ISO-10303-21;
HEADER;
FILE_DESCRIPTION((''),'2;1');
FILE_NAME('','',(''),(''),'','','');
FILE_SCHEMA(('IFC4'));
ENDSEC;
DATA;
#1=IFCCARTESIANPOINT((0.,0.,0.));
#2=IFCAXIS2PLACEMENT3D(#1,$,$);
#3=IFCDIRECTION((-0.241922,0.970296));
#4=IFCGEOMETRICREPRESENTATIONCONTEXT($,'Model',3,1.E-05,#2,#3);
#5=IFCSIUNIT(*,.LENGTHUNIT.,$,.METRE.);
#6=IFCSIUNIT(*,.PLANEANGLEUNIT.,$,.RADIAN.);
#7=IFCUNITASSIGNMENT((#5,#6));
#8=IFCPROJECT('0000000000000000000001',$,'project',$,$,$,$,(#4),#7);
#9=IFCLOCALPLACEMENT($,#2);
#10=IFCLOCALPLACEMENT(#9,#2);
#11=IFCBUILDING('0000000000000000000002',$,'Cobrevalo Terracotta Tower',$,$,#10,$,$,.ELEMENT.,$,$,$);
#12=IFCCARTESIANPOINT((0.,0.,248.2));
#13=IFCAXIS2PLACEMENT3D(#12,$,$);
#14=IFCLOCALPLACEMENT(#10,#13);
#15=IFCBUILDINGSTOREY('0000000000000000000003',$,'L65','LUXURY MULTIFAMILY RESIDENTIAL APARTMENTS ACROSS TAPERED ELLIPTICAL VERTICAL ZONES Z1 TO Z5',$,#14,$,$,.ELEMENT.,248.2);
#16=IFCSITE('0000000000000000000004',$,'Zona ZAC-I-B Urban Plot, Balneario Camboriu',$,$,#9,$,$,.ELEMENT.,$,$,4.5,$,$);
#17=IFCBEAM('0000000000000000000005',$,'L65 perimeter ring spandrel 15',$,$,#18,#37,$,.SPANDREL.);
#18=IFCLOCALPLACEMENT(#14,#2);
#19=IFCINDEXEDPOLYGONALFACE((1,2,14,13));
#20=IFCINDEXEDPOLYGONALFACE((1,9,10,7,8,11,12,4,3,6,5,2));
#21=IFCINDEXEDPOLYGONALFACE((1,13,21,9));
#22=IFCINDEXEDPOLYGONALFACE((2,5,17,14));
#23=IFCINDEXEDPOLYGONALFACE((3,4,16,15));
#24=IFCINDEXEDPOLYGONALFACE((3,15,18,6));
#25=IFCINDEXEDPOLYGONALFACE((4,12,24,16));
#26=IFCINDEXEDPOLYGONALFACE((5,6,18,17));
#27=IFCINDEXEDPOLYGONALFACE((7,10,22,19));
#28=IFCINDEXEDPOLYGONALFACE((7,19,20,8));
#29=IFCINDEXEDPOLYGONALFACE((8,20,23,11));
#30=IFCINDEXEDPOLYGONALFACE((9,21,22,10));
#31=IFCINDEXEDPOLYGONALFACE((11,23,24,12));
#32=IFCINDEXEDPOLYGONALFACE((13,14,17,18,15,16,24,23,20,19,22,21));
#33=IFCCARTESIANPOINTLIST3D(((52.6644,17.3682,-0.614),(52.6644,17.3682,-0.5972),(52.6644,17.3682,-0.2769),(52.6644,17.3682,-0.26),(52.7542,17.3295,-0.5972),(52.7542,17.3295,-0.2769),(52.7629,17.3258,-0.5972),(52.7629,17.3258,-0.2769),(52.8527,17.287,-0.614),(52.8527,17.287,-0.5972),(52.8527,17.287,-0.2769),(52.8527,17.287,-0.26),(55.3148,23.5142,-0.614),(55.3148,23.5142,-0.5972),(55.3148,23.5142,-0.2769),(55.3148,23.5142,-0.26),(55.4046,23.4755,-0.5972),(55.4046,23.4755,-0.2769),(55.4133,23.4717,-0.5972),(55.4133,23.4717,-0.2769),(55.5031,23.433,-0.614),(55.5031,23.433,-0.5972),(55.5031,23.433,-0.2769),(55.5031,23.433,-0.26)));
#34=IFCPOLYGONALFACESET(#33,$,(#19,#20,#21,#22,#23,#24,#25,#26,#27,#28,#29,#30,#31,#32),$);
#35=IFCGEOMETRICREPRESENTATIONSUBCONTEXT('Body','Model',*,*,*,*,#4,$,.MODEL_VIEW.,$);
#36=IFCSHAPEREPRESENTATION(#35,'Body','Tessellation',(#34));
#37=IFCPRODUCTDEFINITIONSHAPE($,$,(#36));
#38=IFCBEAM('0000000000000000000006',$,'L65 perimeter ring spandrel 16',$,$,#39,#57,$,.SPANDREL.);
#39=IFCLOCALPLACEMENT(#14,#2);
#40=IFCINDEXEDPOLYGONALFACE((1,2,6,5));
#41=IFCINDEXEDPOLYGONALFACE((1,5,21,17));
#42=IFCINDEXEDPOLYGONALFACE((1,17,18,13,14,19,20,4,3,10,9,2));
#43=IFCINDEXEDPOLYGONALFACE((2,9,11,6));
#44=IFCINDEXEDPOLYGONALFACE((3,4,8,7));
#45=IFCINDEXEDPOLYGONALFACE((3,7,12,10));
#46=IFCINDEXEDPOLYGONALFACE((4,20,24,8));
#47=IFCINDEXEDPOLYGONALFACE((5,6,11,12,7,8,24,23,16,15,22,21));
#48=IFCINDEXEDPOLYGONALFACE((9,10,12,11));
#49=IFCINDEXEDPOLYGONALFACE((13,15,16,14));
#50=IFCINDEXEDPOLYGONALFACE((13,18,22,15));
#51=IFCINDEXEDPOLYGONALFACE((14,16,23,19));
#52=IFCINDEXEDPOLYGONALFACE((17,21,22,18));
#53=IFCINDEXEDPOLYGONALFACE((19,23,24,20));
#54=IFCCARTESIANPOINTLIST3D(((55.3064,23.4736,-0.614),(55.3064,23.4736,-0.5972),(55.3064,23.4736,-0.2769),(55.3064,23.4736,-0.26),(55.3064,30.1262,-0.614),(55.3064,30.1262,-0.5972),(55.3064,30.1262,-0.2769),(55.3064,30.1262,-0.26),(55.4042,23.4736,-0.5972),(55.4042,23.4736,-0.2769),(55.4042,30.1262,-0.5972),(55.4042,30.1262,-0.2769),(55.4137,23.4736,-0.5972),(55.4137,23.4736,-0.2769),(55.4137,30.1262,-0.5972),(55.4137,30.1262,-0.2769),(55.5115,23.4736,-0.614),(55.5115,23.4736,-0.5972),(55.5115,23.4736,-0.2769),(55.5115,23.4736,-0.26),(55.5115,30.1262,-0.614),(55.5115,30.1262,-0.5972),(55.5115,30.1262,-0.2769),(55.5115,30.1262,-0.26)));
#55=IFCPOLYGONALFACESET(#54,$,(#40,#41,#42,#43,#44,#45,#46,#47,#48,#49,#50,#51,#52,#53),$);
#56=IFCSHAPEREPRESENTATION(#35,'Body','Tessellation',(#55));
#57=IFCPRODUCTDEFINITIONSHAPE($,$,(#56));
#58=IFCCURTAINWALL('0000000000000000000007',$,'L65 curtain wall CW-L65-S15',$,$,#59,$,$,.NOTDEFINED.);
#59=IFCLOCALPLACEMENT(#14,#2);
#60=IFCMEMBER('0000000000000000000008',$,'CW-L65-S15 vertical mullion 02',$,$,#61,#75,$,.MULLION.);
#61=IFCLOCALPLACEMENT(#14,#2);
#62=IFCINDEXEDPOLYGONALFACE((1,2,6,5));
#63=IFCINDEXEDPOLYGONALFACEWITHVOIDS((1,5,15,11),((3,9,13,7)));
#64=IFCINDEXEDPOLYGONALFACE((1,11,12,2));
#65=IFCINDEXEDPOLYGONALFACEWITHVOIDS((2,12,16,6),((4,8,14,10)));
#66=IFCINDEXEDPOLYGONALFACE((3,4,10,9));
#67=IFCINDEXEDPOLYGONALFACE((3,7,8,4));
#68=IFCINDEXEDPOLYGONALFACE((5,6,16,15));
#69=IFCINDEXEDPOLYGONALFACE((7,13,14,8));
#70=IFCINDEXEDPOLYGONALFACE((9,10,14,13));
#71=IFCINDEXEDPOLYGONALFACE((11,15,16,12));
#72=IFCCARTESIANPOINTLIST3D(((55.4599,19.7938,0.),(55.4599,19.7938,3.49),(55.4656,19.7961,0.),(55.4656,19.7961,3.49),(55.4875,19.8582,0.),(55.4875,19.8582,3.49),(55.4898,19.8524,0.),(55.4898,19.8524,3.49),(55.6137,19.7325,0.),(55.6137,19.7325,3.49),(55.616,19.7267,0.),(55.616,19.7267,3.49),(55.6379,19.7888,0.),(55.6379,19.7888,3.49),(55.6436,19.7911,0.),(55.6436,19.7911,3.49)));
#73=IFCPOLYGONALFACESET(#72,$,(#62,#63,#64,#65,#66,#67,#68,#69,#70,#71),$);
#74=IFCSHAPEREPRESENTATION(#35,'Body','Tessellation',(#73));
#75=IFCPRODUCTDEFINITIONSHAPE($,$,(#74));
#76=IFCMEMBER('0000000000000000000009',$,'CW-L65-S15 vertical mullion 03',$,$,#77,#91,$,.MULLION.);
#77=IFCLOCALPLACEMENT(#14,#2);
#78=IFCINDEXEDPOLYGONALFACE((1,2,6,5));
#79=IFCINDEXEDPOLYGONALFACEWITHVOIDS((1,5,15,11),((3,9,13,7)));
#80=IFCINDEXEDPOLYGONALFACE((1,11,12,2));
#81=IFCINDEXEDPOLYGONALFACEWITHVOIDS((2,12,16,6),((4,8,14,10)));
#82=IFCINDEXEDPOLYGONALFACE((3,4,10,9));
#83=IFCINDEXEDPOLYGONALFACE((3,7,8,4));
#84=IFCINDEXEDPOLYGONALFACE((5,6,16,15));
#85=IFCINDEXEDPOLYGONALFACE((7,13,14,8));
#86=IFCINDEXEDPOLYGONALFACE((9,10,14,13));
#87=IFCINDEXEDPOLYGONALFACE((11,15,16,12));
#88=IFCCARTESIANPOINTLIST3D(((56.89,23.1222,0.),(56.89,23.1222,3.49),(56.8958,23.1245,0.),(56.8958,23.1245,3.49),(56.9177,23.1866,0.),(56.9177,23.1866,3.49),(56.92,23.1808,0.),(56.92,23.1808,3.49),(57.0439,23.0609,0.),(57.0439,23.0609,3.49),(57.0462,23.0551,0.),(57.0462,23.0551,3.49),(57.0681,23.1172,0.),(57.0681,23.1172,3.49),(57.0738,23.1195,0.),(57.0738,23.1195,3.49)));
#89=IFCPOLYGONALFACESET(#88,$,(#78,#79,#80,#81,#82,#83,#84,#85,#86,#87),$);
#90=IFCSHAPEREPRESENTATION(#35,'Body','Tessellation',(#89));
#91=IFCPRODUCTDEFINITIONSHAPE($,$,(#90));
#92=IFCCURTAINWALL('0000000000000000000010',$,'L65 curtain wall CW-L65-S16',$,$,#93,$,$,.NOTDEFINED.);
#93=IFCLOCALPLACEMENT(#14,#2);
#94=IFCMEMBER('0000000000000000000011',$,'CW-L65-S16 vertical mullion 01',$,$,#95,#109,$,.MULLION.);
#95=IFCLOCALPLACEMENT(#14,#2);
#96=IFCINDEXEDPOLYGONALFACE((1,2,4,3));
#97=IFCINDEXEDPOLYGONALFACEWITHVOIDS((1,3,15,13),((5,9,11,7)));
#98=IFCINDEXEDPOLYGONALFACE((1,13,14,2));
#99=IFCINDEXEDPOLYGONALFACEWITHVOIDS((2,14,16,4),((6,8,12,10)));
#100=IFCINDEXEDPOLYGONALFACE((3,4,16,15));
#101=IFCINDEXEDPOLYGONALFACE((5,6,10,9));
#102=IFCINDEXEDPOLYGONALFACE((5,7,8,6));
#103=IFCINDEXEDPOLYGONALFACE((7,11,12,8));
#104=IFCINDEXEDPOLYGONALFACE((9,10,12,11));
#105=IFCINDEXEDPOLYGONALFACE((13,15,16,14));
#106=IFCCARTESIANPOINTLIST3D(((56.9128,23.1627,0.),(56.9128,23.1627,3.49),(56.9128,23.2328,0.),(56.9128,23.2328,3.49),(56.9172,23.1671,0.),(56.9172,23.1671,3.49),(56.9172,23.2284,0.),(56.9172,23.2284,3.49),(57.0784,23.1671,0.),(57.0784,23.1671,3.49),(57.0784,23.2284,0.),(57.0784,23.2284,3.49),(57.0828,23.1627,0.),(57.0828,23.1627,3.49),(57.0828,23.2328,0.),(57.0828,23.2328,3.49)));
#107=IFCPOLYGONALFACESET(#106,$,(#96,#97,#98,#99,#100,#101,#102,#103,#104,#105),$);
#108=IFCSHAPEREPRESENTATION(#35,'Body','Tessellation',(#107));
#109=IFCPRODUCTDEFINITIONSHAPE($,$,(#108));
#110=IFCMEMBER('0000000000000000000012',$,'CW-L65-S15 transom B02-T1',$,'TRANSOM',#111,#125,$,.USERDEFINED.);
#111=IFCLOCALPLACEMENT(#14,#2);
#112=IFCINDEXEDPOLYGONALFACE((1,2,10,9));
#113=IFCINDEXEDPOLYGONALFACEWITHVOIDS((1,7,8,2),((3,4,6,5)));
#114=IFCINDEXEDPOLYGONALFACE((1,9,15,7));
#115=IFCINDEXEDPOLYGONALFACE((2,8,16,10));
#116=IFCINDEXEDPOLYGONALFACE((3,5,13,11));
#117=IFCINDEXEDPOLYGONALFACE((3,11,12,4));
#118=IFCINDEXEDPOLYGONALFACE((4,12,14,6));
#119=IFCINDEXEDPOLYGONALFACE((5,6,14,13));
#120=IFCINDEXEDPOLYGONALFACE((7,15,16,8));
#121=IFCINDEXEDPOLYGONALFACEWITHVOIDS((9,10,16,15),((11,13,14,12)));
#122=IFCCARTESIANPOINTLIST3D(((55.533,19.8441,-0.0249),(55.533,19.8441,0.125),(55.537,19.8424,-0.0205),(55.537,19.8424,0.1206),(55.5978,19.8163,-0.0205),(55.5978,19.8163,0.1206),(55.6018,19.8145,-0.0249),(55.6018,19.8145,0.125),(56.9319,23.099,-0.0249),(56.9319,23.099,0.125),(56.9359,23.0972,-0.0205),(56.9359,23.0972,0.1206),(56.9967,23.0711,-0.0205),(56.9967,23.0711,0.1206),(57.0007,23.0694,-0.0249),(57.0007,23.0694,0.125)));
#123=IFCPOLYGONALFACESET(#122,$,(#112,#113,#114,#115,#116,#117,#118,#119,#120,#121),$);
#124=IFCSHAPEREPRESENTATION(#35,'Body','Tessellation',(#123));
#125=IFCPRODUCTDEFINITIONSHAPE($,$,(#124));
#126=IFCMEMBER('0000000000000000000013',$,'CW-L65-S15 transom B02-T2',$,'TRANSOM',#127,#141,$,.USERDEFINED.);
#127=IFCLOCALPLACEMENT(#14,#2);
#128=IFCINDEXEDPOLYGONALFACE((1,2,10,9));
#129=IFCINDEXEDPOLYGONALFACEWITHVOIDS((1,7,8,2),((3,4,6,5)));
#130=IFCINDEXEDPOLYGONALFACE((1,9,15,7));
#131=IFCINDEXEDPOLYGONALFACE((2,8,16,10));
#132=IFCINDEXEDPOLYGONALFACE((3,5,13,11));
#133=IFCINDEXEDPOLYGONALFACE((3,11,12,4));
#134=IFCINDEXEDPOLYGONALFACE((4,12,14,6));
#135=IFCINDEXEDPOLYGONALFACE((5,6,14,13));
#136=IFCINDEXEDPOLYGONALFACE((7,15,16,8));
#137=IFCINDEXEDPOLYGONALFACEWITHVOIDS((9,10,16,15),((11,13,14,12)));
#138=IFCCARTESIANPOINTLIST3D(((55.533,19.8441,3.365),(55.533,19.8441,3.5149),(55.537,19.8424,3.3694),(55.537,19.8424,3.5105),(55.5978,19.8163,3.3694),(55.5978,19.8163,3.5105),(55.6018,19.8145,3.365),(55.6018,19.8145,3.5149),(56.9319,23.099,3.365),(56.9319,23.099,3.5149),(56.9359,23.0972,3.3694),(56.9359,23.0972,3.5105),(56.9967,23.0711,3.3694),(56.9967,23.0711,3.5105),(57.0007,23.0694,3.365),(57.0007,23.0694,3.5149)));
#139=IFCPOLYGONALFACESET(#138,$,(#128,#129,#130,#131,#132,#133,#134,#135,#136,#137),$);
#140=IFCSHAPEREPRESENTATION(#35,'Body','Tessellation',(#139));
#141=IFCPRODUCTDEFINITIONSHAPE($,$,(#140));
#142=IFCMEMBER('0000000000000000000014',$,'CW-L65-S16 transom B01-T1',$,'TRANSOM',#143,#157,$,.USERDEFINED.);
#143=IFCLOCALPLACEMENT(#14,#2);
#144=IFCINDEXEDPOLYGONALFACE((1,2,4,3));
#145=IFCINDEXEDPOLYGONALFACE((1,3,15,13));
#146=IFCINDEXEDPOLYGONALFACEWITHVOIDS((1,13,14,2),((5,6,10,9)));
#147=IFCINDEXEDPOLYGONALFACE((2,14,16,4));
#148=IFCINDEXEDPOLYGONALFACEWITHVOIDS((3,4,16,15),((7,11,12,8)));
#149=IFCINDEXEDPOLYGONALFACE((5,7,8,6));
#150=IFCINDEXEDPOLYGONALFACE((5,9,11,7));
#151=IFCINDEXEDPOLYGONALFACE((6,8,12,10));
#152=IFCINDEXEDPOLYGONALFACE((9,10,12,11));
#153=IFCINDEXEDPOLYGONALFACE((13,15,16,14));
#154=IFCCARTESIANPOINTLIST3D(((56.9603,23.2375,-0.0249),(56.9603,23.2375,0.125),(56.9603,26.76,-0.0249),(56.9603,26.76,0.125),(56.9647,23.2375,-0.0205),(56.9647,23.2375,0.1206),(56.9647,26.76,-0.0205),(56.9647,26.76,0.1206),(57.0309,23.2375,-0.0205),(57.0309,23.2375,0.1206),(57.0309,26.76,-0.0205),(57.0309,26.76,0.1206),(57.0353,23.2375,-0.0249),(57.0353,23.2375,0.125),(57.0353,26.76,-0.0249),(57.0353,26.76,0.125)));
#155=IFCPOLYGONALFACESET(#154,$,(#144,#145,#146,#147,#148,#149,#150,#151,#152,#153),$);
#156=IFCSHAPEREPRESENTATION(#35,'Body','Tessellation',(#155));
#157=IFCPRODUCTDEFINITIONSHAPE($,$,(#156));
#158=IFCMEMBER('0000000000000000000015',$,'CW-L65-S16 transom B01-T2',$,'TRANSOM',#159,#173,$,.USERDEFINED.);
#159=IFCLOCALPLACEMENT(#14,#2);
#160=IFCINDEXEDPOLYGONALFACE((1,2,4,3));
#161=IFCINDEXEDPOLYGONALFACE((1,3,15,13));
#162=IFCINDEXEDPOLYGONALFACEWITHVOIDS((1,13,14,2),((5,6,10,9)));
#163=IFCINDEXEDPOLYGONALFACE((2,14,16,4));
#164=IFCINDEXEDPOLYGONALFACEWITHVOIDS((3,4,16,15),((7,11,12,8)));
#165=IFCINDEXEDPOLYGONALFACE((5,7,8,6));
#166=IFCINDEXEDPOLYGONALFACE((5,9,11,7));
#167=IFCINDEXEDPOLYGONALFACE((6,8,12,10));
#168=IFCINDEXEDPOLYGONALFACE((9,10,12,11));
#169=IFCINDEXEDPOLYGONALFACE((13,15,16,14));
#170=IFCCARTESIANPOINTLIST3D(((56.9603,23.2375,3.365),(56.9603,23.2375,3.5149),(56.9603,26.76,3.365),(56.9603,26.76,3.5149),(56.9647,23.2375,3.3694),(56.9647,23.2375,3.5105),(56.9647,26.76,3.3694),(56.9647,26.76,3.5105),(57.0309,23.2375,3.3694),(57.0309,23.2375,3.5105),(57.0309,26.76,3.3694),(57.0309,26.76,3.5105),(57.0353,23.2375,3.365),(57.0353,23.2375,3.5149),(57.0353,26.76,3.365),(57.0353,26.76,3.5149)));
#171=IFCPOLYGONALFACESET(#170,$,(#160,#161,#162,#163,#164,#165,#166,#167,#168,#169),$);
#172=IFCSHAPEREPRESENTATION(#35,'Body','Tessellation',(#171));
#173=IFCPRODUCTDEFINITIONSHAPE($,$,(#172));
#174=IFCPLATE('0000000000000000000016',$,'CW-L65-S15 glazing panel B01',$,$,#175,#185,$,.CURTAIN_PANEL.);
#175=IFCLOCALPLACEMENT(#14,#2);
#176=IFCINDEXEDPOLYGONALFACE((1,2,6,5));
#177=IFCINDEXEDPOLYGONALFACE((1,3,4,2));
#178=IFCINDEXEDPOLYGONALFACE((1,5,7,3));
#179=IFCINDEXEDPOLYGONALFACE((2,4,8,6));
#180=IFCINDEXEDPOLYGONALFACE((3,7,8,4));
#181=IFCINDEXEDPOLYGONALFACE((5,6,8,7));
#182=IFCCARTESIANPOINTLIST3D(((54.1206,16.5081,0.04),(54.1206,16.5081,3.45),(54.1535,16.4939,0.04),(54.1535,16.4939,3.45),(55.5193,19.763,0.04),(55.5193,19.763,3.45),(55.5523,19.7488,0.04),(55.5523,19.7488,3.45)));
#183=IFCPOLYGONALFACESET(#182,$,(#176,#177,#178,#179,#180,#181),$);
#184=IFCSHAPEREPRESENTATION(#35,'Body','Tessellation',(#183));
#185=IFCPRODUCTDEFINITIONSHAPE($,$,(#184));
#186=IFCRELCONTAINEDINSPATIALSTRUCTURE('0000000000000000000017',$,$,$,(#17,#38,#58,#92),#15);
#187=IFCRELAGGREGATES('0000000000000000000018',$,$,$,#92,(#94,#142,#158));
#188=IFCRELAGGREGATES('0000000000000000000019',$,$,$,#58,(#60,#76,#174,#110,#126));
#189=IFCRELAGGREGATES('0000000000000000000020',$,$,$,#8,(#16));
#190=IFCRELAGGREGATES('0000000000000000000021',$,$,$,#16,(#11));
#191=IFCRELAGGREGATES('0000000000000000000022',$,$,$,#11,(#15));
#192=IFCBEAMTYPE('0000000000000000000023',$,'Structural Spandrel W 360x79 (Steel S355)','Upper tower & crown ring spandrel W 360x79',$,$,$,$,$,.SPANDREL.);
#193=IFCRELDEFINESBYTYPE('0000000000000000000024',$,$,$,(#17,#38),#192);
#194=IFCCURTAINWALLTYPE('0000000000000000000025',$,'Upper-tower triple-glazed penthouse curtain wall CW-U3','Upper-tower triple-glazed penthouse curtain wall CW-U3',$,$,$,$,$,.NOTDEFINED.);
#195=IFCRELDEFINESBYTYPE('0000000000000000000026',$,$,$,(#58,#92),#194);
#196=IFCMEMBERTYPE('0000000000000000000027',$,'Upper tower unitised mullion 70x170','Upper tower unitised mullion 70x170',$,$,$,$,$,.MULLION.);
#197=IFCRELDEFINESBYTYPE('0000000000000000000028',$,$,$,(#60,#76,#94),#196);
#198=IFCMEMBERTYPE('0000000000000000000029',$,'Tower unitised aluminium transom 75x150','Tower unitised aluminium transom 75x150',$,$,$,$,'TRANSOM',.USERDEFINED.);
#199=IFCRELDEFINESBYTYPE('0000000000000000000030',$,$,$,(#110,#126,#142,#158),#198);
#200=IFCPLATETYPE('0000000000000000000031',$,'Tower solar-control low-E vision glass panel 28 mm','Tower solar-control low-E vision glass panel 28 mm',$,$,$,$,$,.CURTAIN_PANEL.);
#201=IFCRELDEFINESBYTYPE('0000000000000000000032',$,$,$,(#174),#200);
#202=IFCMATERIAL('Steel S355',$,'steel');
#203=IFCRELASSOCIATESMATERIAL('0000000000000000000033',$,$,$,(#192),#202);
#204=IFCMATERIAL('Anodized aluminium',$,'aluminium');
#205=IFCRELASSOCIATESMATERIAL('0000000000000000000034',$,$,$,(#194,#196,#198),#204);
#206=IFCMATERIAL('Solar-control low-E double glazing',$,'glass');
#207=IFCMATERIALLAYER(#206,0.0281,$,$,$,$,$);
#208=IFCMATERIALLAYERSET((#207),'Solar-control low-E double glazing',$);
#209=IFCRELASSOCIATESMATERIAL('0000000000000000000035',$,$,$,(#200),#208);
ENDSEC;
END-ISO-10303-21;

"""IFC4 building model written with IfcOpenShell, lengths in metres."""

from ifc_helpers import new_model, si_unit, direction, frame, origin, origin_2d, place, context, subcontext, project, spatial, rectangle, hollow_rectangle, i_section, extrude, source, transform, mapped, material, layer, layer_set, material_profile, profile_set, type_object, element, aggregate, save


model = new_model("IFC4")

# Units and contexts
model_context = context("Model", 3, precision=1e-05, world=origin(), true_north=direction((-0.241922, 0.970296)))
body_context = subcontext(model_context, "Body", "Model", "MODEL_VIEW")
ifc_project = project(units=[si_unit("LENGTHUNIT", "METRE"), si_unit("PLANEANGLEUNIT", "RADIAN")], contexts=[model_context])

# Site, building, storey
site_placement = place(None, origin())
site = spatial("IfcSite", under=ifc_project, at=site_placement, Name="Zona ZAC-I-B Urban Plot, Balneario Camboriu", CompositionType="ELEMENT", RefElevation=4.5)
building_placement = place(site_placement, origin())
building = spatial("IfcBuilding", under=site, at=building_placement, Name="Cobrevalo Terracotta Tower", CompositionType="ELEMENT")
storey_placement = place(building_placement, frame((0.0, 0.0, 248.2)))
storey = spatial("IfcBuildingStorey", under=building, at=storey_placement, Name="L65", Description="LUXURY MULTIFAMILY RESIDENTIAL APARTMENTS ACROSS TAPERED ELLIPTICAL VERTICAL ZONES Z1 TO Z5", CompositionType="ELEMENT", Elevation=248.2)

# Shared definitions
ifc_material_1 = material(Name="Steel S355", Category="steel")

# Beams
ifc_material_profile_1 = material_profile(ifc_material_1, i_section(OverallWidth=0.2051, OverallDepth=0.354, WebThickness=0.0095, FlangeThickness=0.0168, at=origin_2d()), Name="W 360x79")
ifc_profile_set_1 = profile_set([ifc_material_profile_1], Name="Steel S355")
beam_type_1 = type_object("IfcBeamType", Name="Structural Spandrel W 360x79 (Steel S355)", Description="Upper tower & crown ring spandrel W 360x79", PredefinedType="SPANDREL", material=ifc_profile_set_1)
beam_1_placement = place(storey_placement, frame((52.7585, 17.3276, -0.437), z_axis=(0.395987, 0.918256, 0.0), x_axis=(-0.918256, 0.395987, 0.0)))
element("IfcBeam", 1, at=beam_1_placement, inside=storey, type_object=beam_type_1, Name="L65 perimeter ring spandrel 15", PredefinedType="SPANDREL", context=body_context, shape_type="SweptSolid", body=[
    extrude(i_section(OverallWidth=0.2051, OverallDepth=0.354, WebThickness=0.0095, FlangeThickness=0.0168, at=origin_2d()), origin(), (0.0, 0.0, 1.0), 6.6931),
])
beam_2_placement = place(storey_placement, frame((55.4089, 23.4736, -0.437), z_axis=(0.0, 1.0, 0.0), x_axis=(-1.0, 0.0, 0.0)))
element("IfcBeam", 2, at=beam_2_placement, inside=storey, type_object=beam_type_1, Name="L65 perimeter ring spandrel 16", PredefinedType="SPANDREL", context=body_context, shape_type="SweptSolid", body=[
    extrude(i_section(OverallWidth=0.2051, OverallDepth=0.354, WebThickness=0.0095, FlangeThickness=0.0168, at=origin_2d()), origin(), (0.0, 0.0, 1.0), 6.6526),
])

# Curtain wall, members
ifc_material_2 = material(Name="Anodized aluminium", Category="aluminium")
curtain_wall_type = type_object("IfcCurtainWallType", Name="Upper-tower triple-glazed penthouse curtain wall CW-U3", Description="Upper-tower triple-glazed penthouse curtain wall CW-U3", PredefinedType="NOTDEFINED", material=ifc_material_2)
curtain_wall_1_placement = place(storey_placement, origin())
curtain_wall_1 = element("IfcCurtainWall", 3, at=curtain_wall_1_placement, inside=storey, type_object=curtain_wall_type, Name="L65 curtain wall CW-L65-S15", PredefinedType="NOTDEFINED")
ifc_material_profile_2 = material_profile(ifc_material_2, hollow_rectangle(XDim=0.0701, YDim=0.1699, WallThickness=0.0044, at=origin_2d()), Name="CWM 70x170")
ifc_profile_set_2 = profile_set([ifc_material_profile_2], Name="Anodized aluminium")
member_type_1 = type_object("IfcMemberType", Name="Upper tower unitised mullion 70x170", Description="Upper tower unitised mullion 70x170", PredefinedType="MULLION", material=ifc_profile_set_2)
shared_shape_1 = source(origin(), body_context, "Body", "SweptSolid", [
    extrude(hollow_rectangle(XDim=0.0701, YDim=0.1699, WallThickness=0.0044, at=origin_2d()), origin(), (0.0, 0.0, 1.0), 3.49),
])
member_1_placement = place(storey_placement, frame((55.5518, 19.7925, 0.0), z_axis=(0.0, 0.0, 1.0), x_axis=(0.394824, 0.918757, 0.0)))
member_1 = element("IfcMember", 4, at=member_1_placement, type_object=member_type_1, Name="CW-L65-S15 vertical mullion 02", PredefinedType="MULLION", context=body_context, shape_type="MappedRepresentation", body=[
    mapped(shared_shape_1, transform((0.0, 0.0, 0.0), scale=1.0)),
])
member_2_placement = place(storey_placement, frame((56.9819, 23.1208, 0.0), z_axis=(0.0, 0.0, 1.0), x_axis=(0.394824, 0.918757, 0.0)))
member_2 = element("IfcMember", 5, at=member_2_placement, type_object=member_type_1, Name="CW-L65-S15 vertical mullion 03", PredefinedType="MULLION", context=body_context, shape_type="MappedRepresentation", body=[
    mapped(shared_shape_1, transform((0.0, 0.0, 0.0), scale=1.0)),
])

# Curtain wall, member
curtain_wall_2_placement = place(storey_placement, origin())
curtain_wall_2 = element("IfcCurtainWall", 6, at=curtain_wall_2_placement, inside=storey, type_object=curtain_wall_type, Name="L65 curtain wall CW-L65-S16", PredefinedType="NOTDEFINED")
member_3_placement = place(storey_placement, frame((56.9978, 23.1978, 0.0), z_axis=(0.0, 0.0, 1.0), x_axis=(0.0, 1.0, 0.0)))
member_3 = element("IfcMember", 7, at=member_3_placement, type_object=member_type_1, Name="CW-L65-S16 vertical mullion 01", PredefinedType="MULLION", context=body_context, shape_type="MappedRepresentation", body=[
    mapped(shared_shape_1, transform((0.0, 0.0, 0.0), scale=1.0)),
])

# Members
ifc_material_profile_3 = material_profile(ifc_material_2, hollow_rectangle(XDim=0.075, YDim=0.1499, WallThickness=0.0044, at=origin_2d()), Name="CWT 75x150")
ifc_profile_set_3 = profile_set([ifc_material_profile_3], Name="Anodized aluminium")
member_type_2 = type_object("IfcMemberType", Name="Tower unitised aluminium transom 75x150", Description="Tower unitised aluminium transom 75x150", ElementType="TRANSOM", PredefinedType="USERDEFINED", material=ifc_profile_set_3)
shared_shape_2 = source(origin(), body_context, "Body", "SweptSolid", [
    extrude(hollow_rectangle(XDim=0.075, YDim=0.1499, WallThickness=0.0044, at=origin_2d()), origin(), (0.0, 0.0, 1.0), 3.5427),
])
member_4_placement = place(storey_placement, frame((55.5674, 19.8293, 0.05), z_axis=(0.394867, 0.918738, 0.0), x_axis=(-0.918738, 0.394867, 0.0)))
member_4 = element("IfcMember", 8, at=member_4_placement, type_object=member_type_2, Name="CW-L65-S15 transom B02-T1", ObjectType="TRANSOM", PredefinedType="USERDEFINED", context=body_context, shape_type="MappedRepresentation", body=[
    mapped(shared_shape_2, transform((0.0, 0.0, 0.0), scale=1.0)),
])
member_5_placement = place(storey_placement, frame((55.5674, 19.8293, 3.4399), z_axis=(0.394867, 0.918738, 0.0), x_axis=(-0.918738, 0.394867, 0.0)))
member_5 = element("IfcMember", 9, at=member_5_placement, type_object=member_type_2, Name="CW-L65-S15 transom B02-T2", ObjectType="TRANSOM", PredefinedType="USERDEFINED", context=body_context, shape_type="MappedRepresentation", body=[
    mapped(shared_shape_2, transform((0.0, 0.0, 0.0), scale=1.0)),
])
shared_shape_3 = source(origin(), body_context, "Body", "SweptSolid", [
    extrude(hollow_rectangle(XDim=0.075, YDim=0.1499, WallThickness=0.0044, at=origin_2d()), origin(), (0.0, 0.0, 1.0), 3.5225),
])
member_6_placement = place(storey_placement, frame((56.9978, 23.2375, 0.05), z_axis=(0.0, 1.0, 0.0), x_axis=(-1.0, 0.0, 0.0)))
member_6 = element("IfcMember", 10, at=member_6_placement, type_object=member_type_2, Name="CW-L65-S16 transom B01-T1", ObjectType="TRANSOM", PredefinedType="USERDEFINED", context=body_context, shape_type="MappedRepresentation", body=[
    mapped(shared_shape_3, transform((0.0, 0.0, 0.0), scale=1.0)),
])
member_7_placement = place(storey_placement, frame((56.9978, 23.2375, 3.4399), z_axis=(0.0, 1.0, 0.0), x_axis=(-1.0, 0.0, 0.0)))
member_7 = element("IfcMember", 11, at=member_7_placement, type_object=member_type_2, Name="CW-L65-S16 transom B01-T2", ObjectType="TRANSOM", PredefinedType="USERDEFINED", context=body_context, shape_type="MappedRepresentation", body=[
    mapped(shared_shape_3, transform((0.0, 0.0, 0.0), scale=1.0)),
])
aggregate(curtain_wall_2, [member_3, member_6, member_7])

# Plate
ifc_material_3 = material(Name="Solar-control low-E double glazing", Category="glass")
ifc_layer_1 = layer(ifc_material_3, 0.0281)
ifc_layer_set_1 = layer_set([ifc_layer_1], Name="Solar-control low-E double glazing")
plate_type = type_object("IfcPlateType", Name="Tower solar-control low-E vision glass panel 28 mm", Description="Tower solar-control low-E vision glass panel 28 mm", PredefinedType="CURTAIN_PANEL", material=ifc_layer_set_1)
shared_shape_4 = source(origin(), body_context, "Body", "SweptSolid", [
    extrude(rectangle(XDim=3.5427, YDim=0.0359, at=origin_2d()), origin(), (0.0, 0.0, 1.0), 3.4099),
])
plate_1_placement = place(storey_placement, frame((54.8364, 18.1284, 0.04), z_axis=(0.0, 0.0, 1.0), x_axis=(0.394829, 0.918755, 0.0)))
plate_1 = element("IfcPlate", 12, at=plate_1_placement, type_object=plate_type, Name="CW-L65-S15 glazing panel B01", PredefinedType="CURTAIN_PANEL", context=body_context, shape_type="MappedRepresentation", body=[
    mapped(shared_shape_4, transform((0.0, 0.0, 0.0), scale=1.0)),
])
aggregate(curtain_wall_1, [member_1, member_2, plate_1, member_4, member_5])

save(model, "model.ifc")
